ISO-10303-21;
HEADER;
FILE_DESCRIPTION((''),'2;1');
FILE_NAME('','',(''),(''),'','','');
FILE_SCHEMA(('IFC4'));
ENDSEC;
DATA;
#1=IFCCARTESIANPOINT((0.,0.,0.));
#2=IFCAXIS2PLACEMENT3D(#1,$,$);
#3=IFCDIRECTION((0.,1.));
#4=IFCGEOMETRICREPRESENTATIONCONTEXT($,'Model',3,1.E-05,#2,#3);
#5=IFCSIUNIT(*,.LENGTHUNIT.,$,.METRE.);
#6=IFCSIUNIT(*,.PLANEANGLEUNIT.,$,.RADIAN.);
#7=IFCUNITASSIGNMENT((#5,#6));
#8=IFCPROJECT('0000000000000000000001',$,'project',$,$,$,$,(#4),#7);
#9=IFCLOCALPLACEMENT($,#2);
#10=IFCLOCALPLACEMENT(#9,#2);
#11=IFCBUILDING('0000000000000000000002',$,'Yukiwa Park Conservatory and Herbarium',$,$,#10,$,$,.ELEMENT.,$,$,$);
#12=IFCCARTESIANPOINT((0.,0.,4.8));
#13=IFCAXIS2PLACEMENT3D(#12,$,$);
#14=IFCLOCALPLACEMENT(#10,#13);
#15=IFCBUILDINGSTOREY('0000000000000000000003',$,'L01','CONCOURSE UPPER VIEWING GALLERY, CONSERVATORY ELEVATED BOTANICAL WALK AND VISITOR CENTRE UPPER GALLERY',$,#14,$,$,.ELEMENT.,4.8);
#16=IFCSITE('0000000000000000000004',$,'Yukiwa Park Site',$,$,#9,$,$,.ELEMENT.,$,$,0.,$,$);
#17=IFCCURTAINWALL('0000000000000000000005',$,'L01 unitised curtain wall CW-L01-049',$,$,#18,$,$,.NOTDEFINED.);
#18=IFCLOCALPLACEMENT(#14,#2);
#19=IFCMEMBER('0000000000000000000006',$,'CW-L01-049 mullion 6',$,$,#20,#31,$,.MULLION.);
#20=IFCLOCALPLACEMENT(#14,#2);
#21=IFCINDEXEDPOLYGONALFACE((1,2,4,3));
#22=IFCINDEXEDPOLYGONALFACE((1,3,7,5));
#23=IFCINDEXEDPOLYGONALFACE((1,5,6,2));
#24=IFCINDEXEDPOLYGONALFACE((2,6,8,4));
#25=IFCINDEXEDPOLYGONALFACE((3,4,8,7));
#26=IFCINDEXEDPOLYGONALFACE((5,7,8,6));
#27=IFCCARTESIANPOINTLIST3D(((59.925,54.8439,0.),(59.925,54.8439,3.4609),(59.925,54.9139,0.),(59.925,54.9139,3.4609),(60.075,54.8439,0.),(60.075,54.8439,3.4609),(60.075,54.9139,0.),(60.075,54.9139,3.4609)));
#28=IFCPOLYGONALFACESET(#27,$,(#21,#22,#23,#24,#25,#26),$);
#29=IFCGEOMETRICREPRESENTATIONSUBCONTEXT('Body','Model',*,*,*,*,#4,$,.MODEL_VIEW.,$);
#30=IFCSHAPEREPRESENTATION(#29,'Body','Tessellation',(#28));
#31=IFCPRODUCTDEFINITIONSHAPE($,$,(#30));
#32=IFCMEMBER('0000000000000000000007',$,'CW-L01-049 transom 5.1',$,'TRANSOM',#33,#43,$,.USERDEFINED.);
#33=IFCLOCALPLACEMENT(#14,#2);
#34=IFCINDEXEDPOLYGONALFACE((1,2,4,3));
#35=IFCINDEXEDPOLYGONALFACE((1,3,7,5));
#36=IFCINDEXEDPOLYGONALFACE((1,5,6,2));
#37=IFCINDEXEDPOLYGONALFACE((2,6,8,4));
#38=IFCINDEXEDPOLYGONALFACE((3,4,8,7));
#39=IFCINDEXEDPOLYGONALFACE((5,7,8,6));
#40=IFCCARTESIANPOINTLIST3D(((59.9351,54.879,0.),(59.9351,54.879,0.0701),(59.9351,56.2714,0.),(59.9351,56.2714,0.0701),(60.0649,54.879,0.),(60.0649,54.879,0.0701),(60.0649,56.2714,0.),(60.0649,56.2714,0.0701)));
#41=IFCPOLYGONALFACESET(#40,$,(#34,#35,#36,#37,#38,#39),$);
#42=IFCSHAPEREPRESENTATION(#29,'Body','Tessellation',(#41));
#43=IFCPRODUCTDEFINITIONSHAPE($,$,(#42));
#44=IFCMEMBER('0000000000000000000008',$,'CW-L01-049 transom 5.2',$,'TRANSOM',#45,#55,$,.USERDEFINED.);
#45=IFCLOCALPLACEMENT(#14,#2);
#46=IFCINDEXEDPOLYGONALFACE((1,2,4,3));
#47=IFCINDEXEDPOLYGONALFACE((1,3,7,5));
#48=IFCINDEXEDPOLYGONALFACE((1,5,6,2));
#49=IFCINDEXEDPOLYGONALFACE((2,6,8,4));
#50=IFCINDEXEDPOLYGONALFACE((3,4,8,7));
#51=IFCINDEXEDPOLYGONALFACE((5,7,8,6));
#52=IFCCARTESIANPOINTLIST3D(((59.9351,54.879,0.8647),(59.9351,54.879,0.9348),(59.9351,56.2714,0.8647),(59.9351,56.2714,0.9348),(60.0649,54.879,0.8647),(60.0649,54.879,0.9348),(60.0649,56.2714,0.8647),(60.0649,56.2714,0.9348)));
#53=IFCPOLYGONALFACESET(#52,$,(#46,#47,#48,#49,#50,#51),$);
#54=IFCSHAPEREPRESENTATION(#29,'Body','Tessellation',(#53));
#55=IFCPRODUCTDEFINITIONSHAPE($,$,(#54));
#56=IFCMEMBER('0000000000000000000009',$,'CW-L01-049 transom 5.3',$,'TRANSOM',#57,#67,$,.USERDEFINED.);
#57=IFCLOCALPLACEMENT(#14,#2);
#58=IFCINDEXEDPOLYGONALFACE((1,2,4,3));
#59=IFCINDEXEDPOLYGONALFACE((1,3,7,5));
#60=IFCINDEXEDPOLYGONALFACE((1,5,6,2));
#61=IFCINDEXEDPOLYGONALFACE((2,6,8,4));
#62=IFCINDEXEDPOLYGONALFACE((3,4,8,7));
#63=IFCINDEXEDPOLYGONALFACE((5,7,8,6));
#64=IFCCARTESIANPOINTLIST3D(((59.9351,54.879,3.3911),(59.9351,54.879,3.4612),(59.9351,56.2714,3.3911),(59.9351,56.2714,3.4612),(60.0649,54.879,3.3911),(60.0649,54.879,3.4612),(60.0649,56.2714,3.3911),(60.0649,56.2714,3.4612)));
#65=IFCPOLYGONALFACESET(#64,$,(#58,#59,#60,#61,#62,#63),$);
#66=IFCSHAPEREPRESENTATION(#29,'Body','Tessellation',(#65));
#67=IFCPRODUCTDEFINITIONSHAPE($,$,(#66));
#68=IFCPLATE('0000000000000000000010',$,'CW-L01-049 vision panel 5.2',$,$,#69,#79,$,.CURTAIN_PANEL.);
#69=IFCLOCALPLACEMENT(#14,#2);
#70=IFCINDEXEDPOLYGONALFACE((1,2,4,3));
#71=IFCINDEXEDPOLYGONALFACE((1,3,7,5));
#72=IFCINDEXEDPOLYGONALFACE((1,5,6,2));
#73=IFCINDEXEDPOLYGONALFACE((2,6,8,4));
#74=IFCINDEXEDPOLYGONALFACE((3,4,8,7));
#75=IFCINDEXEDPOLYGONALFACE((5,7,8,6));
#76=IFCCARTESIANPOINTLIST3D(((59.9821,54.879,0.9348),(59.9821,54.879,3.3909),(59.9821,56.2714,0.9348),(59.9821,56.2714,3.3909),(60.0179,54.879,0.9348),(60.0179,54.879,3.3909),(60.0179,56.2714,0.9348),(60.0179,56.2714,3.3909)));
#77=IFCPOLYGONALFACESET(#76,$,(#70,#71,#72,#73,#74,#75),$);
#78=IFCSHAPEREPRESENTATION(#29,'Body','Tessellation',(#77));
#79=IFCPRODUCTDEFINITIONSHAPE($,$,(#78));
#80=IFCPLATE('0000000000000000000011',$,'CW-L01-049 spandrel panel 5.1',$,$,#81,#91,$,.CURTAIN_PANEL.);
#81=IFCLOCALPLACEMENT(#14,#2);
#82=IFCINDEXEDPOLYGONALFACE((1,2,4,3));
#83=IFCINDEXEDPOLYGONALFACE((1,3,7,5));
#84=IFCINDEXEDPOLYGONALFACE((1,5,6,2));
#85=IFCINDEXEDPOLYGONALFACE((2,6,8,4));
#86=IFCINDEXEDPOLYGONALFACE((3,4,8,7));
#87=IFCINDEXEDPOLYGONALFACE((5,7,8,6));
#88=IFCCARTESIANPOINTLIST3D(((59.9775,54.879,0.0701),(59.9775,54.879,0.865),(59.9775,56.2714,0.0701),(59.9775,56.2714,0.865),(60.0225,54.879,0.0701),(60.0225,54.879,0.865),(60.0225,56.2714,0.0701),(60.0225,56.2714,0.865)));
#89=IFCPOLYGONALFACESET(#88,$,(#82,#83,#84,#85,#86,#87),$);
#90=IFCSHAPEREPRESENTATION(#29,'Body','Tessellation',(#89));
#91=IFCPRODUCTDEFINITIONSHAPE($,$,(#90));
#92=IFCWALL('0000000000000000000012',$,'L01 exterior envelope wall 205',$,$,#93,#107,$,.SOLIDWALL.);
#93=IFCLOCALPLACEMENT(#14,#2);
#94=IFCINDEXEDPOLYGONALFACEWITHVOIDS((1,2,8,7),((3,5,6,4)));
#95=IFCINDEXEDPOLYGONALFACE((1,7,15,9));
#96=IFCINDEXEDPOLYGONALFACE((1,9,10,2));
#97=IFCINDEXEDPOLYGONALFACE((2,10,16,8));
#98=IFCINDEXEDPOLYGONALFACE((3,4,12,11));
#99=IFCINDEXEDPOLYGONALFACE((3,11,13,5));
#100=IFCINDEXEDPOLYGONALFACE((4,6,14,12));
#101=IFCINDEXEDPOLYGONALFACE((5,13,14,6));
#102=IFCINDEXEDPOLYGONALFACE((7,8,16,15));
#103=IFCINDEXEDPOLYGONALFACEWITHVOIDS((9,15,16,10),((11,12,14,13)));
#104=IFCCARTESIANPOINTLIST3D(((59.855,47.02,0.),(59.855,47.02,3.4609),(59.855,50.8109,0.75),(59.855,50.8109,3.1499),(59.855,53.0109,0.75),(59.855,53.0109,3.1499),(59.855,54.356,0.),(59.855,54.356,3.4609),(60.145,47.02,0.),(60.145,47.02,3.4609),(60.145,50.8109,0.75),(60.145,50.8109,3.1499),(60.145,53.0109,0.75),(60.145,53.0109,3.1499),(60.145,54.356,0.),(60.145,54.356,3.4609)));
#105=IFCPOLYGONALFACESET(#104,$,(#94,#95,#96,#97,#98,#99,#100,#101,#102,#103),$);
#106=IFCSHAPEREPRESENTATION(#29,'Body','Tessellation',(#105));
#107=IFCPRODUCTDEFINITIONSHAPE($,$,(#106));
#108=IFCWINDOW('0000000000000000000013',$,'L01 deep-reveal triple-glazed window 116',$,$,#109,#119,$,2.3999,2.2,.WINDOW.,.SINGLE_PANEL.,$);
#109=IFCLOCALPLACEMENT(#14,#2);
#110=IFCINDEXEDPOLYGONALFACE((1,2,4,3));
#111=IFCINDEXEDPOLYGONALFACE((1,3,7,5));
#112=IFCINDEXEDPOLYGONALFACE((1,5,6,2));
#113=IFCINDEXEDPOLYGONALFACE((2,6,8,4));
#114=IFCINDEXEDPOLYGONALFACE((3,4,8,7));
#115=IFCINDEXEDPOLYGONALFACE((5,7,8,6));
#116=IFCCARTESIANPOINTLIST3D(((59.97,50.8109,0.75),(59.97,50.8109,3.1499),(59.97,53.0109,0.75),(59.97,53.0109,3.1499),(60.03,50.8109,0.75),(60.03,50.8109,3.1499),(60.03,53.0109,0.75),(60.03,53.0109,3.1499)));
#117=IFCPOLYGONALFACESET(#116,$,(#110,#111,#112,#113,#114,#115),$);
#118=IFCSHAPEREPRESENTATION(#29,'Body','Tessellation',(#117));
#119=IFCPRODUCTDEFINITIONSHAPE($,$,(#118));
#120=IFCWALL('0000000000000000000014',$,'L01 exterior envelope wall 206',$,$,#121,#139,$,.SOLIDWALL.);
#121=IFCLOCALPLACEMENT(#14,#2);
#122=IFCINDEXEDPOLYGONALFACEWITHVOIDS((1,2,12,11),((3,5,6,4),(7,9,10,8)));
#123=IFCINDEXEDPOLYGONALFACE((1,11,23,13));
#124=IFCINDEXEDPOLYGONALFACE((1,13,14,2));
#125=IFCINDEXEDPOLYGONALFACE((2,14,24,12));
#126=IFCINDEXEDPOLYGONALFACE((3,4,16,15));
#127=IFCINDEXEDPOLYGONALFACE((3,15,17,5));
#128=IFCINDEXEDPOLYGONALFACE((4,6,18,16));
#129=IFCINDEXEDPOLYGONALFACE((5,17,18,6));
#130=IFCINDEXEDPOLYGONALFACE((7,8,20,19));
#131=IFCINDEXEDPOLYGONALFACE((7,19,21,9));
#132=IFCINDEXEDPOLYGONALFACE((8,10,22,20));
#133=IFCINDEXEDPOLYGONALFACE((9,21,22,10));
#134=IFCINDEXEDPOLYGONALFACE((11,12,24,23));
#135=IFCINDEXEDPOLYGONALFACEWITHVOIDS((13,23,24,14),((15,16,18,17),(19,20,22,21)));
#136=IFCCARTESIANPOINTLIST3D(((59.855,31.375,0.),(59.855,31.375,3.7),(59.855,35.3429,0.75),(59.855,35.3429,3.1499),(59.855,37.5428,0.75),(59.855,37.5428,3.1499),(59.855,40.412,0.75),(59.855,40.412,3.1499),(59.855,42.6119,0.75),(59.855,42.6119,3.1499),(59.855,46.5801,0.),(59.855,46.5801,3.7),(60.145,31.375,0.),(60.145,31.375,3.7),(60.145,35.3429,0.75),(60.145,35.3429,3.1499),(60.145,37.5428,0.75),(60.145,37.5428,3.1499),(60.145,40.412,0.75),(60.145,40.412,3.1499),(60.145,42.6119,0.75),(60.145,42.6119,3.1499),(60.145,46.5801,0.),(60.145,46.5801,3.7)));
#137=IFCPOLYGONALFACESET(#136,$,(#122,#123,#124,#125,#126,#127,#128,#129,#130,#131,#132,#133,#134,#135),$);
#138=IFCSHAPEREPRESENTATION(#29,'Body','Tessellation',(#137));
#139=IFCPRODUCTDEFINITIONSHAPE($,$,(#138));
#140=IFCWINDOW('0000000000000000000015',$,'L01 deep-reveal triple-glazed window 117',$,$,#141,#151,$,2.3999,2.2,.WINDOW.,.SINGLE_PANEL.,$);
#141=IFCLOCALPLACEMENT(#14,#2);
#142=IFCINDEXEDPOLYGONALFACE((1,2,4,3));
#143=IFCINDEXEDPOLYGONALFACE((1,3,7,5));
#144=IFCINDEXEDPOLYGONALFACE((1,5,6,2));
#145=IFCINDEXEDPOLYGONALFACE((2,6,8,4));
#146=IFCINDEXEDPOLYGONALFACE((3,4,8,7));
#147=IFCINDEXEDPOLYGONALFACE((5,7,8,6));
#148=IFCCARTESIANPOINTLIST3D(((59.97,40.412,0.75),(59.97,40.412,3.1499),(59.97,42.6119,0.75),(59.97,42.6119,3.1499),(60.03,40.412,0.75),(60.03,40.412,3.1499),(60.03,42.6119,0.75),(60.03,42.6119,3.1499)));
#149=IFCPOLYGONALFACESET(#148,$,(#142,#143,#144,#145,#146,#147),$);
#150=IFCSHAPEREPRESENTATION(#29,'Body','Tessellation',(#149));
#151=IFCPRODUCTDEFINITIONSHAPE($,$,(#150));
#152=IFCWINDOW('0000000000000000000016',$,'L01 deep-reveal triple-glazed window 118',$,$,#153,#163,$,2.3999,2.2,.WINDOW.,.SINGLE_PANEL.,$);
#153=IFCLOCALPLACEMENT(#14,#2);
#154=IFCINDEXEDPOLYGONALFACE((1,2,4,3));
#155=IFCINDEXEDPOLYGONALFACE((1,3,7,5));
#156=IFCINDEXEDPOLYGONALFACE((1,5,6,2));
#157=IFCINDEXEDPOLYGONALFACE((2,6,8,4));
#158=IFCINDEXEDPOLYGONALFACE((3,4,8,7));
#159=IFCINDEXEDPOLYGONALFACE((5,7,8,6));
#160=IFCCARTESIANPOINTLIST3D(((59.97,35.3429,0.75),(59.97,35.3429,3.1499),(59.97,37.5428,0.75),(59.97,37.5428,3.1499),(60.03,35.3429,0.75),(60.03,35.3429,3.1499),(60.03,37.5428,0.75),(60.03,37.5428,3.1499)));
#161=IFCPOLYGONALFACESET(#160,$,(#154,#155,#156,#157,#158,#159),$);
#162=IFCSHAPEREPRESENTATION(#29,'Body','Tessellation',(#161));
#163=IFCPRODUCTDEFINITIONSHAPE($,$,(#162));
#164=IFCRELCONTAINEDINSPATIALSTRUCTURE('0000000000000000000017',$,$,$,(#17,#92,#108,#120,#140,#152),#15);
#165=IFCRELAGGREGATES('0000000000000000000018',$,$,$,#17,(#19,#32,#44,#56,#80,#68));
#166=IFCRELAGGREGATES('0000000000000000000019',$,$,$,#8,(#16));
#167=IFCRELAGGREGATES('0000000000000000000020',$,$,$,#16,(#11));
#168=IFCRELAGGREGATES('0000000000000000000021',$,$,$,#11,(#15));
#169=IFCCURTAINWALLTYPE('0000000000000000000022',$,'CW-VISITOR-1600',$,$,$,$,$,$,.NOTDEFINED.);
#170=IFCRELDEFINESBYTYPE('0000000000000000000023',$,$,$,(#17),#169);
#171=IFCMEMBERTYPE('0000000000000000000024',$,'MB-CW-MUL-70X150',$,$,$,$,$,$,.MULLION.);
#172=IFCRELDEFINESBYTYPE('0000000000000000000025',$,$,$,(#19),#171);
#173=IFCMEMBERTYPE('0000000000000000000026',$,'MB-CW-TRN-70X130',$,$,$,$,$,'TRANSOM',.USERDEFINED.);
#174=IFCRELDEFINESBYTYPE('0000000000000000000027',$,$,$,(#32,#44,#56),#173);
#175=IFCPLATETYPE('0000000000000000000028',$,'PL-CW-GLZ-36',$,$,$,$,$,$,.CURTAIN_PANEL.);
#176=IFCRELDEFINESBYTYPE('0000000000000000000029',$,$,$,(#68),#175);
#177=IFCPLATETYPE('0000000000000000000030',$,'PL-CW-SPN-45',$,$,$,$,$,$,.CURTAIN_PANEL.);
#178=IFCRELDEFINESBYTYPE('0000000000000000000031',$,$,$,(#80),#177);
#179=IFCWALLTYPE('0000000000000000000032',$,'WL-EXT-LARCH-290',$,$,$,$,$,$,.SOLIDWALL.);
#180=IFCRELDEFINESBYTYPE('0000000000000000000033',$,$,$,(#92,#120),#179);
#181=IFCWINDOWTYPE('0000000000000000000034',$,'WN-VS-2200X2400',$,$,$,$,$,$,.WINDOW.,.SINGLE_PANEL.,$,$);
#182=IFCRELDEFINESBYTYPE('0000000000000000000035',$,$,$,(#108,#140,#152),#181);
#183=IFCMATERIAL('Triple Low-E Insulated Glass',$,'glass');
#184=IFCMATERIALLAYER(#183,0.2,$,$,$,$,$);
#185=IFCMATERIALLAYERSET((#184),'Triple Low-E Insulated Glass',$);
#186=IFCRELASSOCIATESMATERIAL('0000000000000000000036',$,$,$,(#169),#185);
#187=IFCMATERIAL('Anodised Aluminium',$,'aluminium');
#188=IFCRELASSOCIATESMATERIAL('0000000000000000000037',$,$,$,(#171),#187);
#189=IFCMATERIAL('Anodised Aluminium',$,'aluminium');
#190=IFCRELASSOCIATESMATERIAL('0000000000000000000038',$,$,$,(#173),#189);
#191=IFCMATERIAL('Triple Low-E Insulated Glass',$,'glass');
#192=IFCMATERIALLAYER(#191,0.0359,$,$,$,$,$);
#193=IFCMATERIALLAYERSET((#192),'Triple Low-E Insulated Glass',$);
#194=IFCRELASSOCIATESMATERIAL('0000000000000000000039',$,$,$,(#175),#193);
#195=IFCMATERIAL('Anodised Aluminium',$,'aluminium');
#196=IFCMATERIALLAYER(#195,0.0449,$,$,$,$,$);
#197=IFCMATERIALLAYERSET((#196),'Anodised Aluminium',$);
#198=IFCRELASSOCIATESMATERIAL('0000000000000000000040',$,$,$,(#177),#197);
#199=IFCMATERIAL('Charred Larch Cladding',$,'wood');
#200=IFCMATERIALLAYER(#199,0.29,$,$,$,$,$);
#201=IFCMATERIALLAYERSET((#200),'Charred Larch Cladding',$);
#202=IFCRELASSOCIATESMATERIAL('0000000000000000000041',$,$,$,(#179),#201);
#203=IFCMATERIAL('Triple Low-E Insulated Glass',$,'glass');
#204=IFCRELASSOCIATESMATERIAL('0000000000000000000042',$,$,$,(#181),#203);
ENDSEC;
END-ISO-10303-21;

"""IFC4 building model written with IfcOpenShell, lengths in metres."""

from ifc_helpers import new_model, si_unit, direction, frame, frame_2d, origin, origin_2d, place, context, subcontext, project, spatial, rectangle, extrude, material, layer, layer_set, type_object, element, fill, aggregate, save


model = new_model("IFC4")

# Units and contexts
model_context = context("Model", 3, precision=1e-05, world=origin(), true_north=direction((0.0, 1.0)))
body_context = subcontext(model_context, "Body", "Model", "MODEL_VIEW")
ifc_project = project(units=[si_unit("LENGTHUNIT", "METRE"), si_unit("PLANEANGLEUNIT", "RADIAN")], contexts=[model_context])

# Site, building, storey
site_placement = place(None, origin())
site = spatial("IfcSite", under=ifc_project, at=site_placement, Name="Yukiwa Park Site", CompositionType="ELEMENT", RefElevation=0.0)
building_placement = place(site_placement, origin())
building = spatial("IfcBuilding", under=site, at=building_placement, Name="Yukiwa Park Conservatory and Herbarium", CompositionType="ELEMENT")
storey_placement = place(building_placement, frame((0.0, 0.0, 4.8)))
storey = spatial("IfcBuildingStorey", under=building, at=storey_placement, Name="L01", Description="CONCOURSE UPPER VIEWING GALLERY, CONSERVATORY ELEVATED BOTANICAL WALK AND VISITOR CENTRE UPPER GALLERY", CompositionType="ELEMENT", Elevation=4.8)

# Curtain wall, members, plates
ifc_material_1 = material(Name="Triple Low-E Insulated Glass", Category="glass")
ifc_layer_1 = layer(ifc_material_1, 0.2)
ifc_layer_set_1 = layer_set([ifc_layer_1], Name="Triple Low-E Insulated Glass")
curtain_wall_type = type_object("IfcCurtainWallType", Name="CW-VISITOR-1600", PredefinedType="NOTDEFINED", material=ifc_layer_set_1)
curtain_wall_placement = place(storey_placement, origin())
curtain_wall = element("IfcCurtainWall", 1, at=curtain_wall_placement, inside=storey, type_object=curtain_wall_type, Name="L01 unitised curtain wall CW-L01-049", PredefinedType="NOTDEFINED")
ifc_material_2 = material(Name="Anodised Aluminium", Category="aluminium")
member_type_1 = type_object("IfcMemberType", Name="MB-CW-MUL-70X150", PredefinedType="MULLION", material=ifc_material_2)
member_1_placement = place(storey_placement, frame((60.0, 54.8789, 0.0), z_axis=(0.0, 0.0, 1.0), x_axis=(0.0, -1.0, 0.0)))
member_1 = element("IfcMember", 2, at=member_1_placement, type_object=member_type_1, Name="CW-L01-049 mullion 6", PredefinedType="MULLION", context=body_context, shape_type="SweptSolid", body=[
    extrude(rectangle(XDim=0.0701, YDim=0.1499, at=origin_2d()), origin(), (0.0, 0.0, 1.0), 3.4609),
])
ifc_material_3 = material(Name="Anodised Aluminium", Category="aluminium")
member_type_2 = type_object("IfcMemberType", Name="MB-CW-TRN-70X130", ElementType="TRANSOM", PredefinedType="USERDEFINED", material=ifc_material_3)
member_2_placement = place(storey_placement, frame((60.0, 55.5752, 0.0), z_axis=(0.0, 0.0, 1.0), x_axis=(0.0, -1.0, 0.0)))
member_2 = element("IfcMember", 3, at=member_2_placement, type_object=member_type_2, Name="CW-L01-049 transom 5.1", ObjectType="TRANSOM", PredefinedType="USERDEFINED", context=body_context, shape_type="SweptSolid", body=[
    extrude(rectangle(XDim=1.3923, YDim=0.1299, at=origin_2d()), origin(), (0.0, 0.0, 1.0), 0.0701),
])
member_3_placement = place(storey_placement, frame((60.0, 55.5752, 0.8647), z_axis=(0.0, 0.0, 1.0), x_axis=(0.0, -1.0, 0.0)))
member_3 = element("IfcMember", 4, at=member_3_placement, type_object=member_type_2, Name="CW-L01-049 transom 5.2", ObjectType="TRANSOM", PredefinedType="USERDEFINED", context=body_context, shape_type="SweptSolid", body=[
    extrude(rectangle(XDim=1.3923, YDim=0.1299, at=origin_2d()), origin(), (0.0, 0.0, 1.0), 0.0701),
])
member_4_placement = place(storey_placement, frame((60.0, 55.5752, 3.3911), z_axis=(0.0, 0.0, 1.0), x_axis=(0.0, -1.0, 0.0)))
member_4 = element("IfcMember", 5, at=member_4_placement, type_object=member_type_2, Name="CW-L01-049 transom 5.3", ObjectType="TRANSOM", PredefinedType="USERDEFINED", context=body_context, shape_type="SweptSolid", body=[
    extrude(rectangle(XDim=1.3923, YDim=0.1299, at=origin_2d()), origin(), (0.0, 0.0, 1.0), 0.0701),
])
ifc_material_4 = material(Name="Triple Low-E Insulated Glass", Category="glass")
ifc_layer_2 = layer(ifc_material_4, 0.0359)
ifc_layer_set_2 = layer_set([ifc_layer_2], Name="Triple Low-E Insulated Glass")
plate_type_1 = type_object("IfcPlateType", Name="PL-CW-GLZ-36", PredefinedType="CURTAIN_PANEL", material=ifc_layer_set_2)
plate_1_placement = place(storey_placement, frame((60.0, 55.5752, 0.9348), z_axis=(0.0, 0.0, 1.0), x_axis=(0.0, -1.0, 0.0)))
plate_1 = element("IfcPlate", 6, at=plate_1_placement, type_object=plate_type_1, Name="CW-L01-049 vision panel 5.2", PredefinedType="CURTAIN_PANEL", context=body_context, shape_type="SweptSolid", body=[
    extrude(rectangle(XDim=1.3923, YDim=0.0359, at=origin_2d()), origin(), (0.0, 0.0, 1.0), 2.4561),
])
ifc_material_5 = material(Name="Anodised Aluminium", Category="aluminium")
ifc_layer_3 = layer(ifc_material_5, 0.0449)
ifc_layer_set_3 = layer_set([ifc_layer_3], Name="Anodised Aluminium")
plate_type_2 = type_object("IfcPlateType", Name="PL-CW-SPN-45", PredefinedType="CURTAIN_PANEL", material=ifc_layer_set_3)
plate_2_placement = place(storey_placement, frame((60.0, 55.5752, 0.0701), z_axis=(0.0, 0.0, 1.0), x_axis=(0.0, -1.0, 0.0)))
plate_2 = element("IfcPlate", 7, at=plate_2_placement, type_object=plate_type_2, Name="CW-L01-049 spandrel panel 5.1", PredefinedType="CURTAIN_PANEL", context=body_context, shape_type="SweptSolid", body=[
    extrude(rectangle(XDim=1.3923, YDim=0.0449, at=origin_2d()), origin(), (0.0, 0.0, 1.0), 0.7949),
])
aggregate(curtain_wall, [member_1, member_2, member_3, member_4, plate_2, plate_1])

# Wall, opening, window
ifc_material_6 = material(Name="Charred Larch Cladding", Category="wood")
ifc_layer_4 = layer(ifc_material_6, 0.29)
ifc_layer_set_4 = layer_set([ifc_layer_4], Name="Charred Larch Cladding")
wall_type_1 = type_object("IfcWallType", Name="WL-EXT-LARCH-290", PredefinedType="SOLIDWALL", material=ifc_layer_set_4)
wall_1_placement = place(storey_placement, frame((60.0, 54.356, 0.0), z_axis=(0.0, 0.0, 1.0), x_axis=(0.0, -1.0, 0.0)))
wall_1 = element("IfcWall", 8, at=wall_1_placement, inside=storey, type_object=wall_type_1, Name="L01 exterior envelope wall 205", PredefinedType="SOLIDWALL", context=body_context, shape_type="SweptSolid", body=[
    extrude(rectangle(XDim=7.3359, YDim=0.29, at=frame_2d((3.668, 0.0))), origin(), (0.0, 0.0, 1.0), 3.4609),
])
opening_1_placement = place(wall_1_placement, frame((1.345, 0.0, 0.75)))
opening_1 = element("IfcOpeningElement", 9, at=opening_1_placement, cuts=wall_1, PredefinedType="OPENING", context=body_context, shape_type="SweptSolid", body=[
    extrude(rectangle(XDim=2.2, YDim=2.3999, at=frame_2d((1.1001, 1.2))), frame((0.0, 0.155, 0.0), z_axis=(0.0, -1.0, 0.0), x_axis=(1.0, 0.0, 0.0)), (0.0, 0.0, 1.0), 0.3101),
])
ifc_material_7 = material(Name="Triple Low-E Insulated Glass", Category="glass")
window_type = type_object("IfcWindowType", Name="WN-VS-2200X2400", PartitioningType="SINGLE_PANEL", PredefinedType="WINDOW", material=ifc_material_7)
window_1_placement = place(opening_1_placement, origin())
window_1 = element("IfcWindow", 10, at=window_1_placement, inside=storey, type_object=window_type, Name="L01 deep-reveal triple-glazed window 116", OverallHeight=2.3999, OverallWidth=2.2, PartitioningType="SINGLE_PANEL", PredefinedType="WINDOW", context=body_context, shape_type="SweptSolid", body=[
    extrude(rectangle(XDim=2.2, YDim=2.3999, at=frame_2d((1.1001, 1.2))), frame((0.0, 0.03, 0.0), z_axis=(0.0, -1.0, 0.0), x_axis=(1.0, 0.0, 0.0)), (0.0, 0.0, 1.0), 0.0601),
])
fill(opening_1, window_1)

# Wall, openings, windows
wall_2_placement = place(storey_placement, frame((60.0, 46.5801, 0.0), z_axis=(0.0, 0.0, 1.0), x_axis=(0.0, -1.0, 0.0)))
wall_2 = element("IfcWall", 11, at=wall_2_placement, inside=storey, type_object=wall_type_1, Name="L01 exterior envelope wall 206", PredefinedType="SOLIDWALL", context=body_context, shape_type="SweptSolid", body=[
    extrude(rectangle(XDim=15.2051, YDim=0.29, at=frame_2d((7.6025, 0.0))), origin(), (0.0, 0.0, 1.0), 3.7),
])
opening_2_placement = place(wall_2_placement, frame((3.968, 0.0, 0.75)))
opening_2 = element("IfcOpeningElement", 12, at=opening_2_placement, cuts=wall_2, PredefinedType="OPENING", context=body_context, shape_type="SweptSolid", body=[
    extrude(rectangle(XDim=2.2, YDim=2.3999, at=frame_2d((1.1001, 1.2))), frame((0.0, 0.155, 0.0), z_axis=(0.0, -1.0, 0.0), x_axis=(1.0, 0.0, 0.0)), (0.0, 0.0, 1.0), 0.3101),
])
opening_3_placement = place(wall_2_placement, frame((9.0371, 0.0, 0.75)))
opening_3 = element("IfcOpeningElement", 13, at=opening_3_placement, cuts=wall_2, PredefinedType="OPENING", context=body_context, shape_type="SweptSolid", body=[
    extrude(rectangle(XDim=2.2, YDim=2.3999, at=frame_2d((1.1001, 1.2))), frame((0.0, 0.155, 0.0), z_axis=(0.0, -1.0, 0.0), x_axis=(1.0, 0.0, 0.0)), (0.0, 0.0, 1.0), 0.3101),
])
window_2_placement = place(opening_2_placement, origin())
window_2 = element("IfcWindow", 14, at=window_2_placement, inside=storey, type_object=window_type, Name="L01 deep-reveal triple-glazed window 117", OverallHeight=2.3999, OverallWidth=2.2, PartitioningType="SINGLE_PANEL", PredefinedType="WINDOW", context=body_context, shape_type="SweptSolid", body=[
    extrude(rectangle(XDim=2.2, YDim=2.3999, at=frame_2d((1.1001, 1.2))), frame((0.0, 0.03, 0.0), z_axis=(0.0, -1.0, 0.0), x_axis=(1.0, 0.0, 0.0)), (0.0, 0.0, 1.0), 0.0601),
])
fill(opening_2, window_2)
window_3_placement = place(opening_3_placement, origin())
window_3 = element("IfcWindow", 15, at=window_3_placement, inside=storey, type_object=window_type, Name="L01 deep-reveal triple-glazed window 118", OverallHeight=2.3999, OverallWidth=2.2, PartitioningType="SINGLE_PANEL", PredefinedType="WINDOW", context=body_context, shape_type="SweptSolid", body=[
    extrude(rectangle(XDim=2.2, YDim=2.3999, at=frame_2d((1.1001, 1.2))), frame((0.0, 0.03, 0.0), z_axis=(0.0, -1.0, 0.0), x_axis=(1.0, 0.0, 0.0)), (0.0, 0.0, 1.0), 0.0601),
])
fill(opening_3, window_3)

save(model, "model.ifc")
